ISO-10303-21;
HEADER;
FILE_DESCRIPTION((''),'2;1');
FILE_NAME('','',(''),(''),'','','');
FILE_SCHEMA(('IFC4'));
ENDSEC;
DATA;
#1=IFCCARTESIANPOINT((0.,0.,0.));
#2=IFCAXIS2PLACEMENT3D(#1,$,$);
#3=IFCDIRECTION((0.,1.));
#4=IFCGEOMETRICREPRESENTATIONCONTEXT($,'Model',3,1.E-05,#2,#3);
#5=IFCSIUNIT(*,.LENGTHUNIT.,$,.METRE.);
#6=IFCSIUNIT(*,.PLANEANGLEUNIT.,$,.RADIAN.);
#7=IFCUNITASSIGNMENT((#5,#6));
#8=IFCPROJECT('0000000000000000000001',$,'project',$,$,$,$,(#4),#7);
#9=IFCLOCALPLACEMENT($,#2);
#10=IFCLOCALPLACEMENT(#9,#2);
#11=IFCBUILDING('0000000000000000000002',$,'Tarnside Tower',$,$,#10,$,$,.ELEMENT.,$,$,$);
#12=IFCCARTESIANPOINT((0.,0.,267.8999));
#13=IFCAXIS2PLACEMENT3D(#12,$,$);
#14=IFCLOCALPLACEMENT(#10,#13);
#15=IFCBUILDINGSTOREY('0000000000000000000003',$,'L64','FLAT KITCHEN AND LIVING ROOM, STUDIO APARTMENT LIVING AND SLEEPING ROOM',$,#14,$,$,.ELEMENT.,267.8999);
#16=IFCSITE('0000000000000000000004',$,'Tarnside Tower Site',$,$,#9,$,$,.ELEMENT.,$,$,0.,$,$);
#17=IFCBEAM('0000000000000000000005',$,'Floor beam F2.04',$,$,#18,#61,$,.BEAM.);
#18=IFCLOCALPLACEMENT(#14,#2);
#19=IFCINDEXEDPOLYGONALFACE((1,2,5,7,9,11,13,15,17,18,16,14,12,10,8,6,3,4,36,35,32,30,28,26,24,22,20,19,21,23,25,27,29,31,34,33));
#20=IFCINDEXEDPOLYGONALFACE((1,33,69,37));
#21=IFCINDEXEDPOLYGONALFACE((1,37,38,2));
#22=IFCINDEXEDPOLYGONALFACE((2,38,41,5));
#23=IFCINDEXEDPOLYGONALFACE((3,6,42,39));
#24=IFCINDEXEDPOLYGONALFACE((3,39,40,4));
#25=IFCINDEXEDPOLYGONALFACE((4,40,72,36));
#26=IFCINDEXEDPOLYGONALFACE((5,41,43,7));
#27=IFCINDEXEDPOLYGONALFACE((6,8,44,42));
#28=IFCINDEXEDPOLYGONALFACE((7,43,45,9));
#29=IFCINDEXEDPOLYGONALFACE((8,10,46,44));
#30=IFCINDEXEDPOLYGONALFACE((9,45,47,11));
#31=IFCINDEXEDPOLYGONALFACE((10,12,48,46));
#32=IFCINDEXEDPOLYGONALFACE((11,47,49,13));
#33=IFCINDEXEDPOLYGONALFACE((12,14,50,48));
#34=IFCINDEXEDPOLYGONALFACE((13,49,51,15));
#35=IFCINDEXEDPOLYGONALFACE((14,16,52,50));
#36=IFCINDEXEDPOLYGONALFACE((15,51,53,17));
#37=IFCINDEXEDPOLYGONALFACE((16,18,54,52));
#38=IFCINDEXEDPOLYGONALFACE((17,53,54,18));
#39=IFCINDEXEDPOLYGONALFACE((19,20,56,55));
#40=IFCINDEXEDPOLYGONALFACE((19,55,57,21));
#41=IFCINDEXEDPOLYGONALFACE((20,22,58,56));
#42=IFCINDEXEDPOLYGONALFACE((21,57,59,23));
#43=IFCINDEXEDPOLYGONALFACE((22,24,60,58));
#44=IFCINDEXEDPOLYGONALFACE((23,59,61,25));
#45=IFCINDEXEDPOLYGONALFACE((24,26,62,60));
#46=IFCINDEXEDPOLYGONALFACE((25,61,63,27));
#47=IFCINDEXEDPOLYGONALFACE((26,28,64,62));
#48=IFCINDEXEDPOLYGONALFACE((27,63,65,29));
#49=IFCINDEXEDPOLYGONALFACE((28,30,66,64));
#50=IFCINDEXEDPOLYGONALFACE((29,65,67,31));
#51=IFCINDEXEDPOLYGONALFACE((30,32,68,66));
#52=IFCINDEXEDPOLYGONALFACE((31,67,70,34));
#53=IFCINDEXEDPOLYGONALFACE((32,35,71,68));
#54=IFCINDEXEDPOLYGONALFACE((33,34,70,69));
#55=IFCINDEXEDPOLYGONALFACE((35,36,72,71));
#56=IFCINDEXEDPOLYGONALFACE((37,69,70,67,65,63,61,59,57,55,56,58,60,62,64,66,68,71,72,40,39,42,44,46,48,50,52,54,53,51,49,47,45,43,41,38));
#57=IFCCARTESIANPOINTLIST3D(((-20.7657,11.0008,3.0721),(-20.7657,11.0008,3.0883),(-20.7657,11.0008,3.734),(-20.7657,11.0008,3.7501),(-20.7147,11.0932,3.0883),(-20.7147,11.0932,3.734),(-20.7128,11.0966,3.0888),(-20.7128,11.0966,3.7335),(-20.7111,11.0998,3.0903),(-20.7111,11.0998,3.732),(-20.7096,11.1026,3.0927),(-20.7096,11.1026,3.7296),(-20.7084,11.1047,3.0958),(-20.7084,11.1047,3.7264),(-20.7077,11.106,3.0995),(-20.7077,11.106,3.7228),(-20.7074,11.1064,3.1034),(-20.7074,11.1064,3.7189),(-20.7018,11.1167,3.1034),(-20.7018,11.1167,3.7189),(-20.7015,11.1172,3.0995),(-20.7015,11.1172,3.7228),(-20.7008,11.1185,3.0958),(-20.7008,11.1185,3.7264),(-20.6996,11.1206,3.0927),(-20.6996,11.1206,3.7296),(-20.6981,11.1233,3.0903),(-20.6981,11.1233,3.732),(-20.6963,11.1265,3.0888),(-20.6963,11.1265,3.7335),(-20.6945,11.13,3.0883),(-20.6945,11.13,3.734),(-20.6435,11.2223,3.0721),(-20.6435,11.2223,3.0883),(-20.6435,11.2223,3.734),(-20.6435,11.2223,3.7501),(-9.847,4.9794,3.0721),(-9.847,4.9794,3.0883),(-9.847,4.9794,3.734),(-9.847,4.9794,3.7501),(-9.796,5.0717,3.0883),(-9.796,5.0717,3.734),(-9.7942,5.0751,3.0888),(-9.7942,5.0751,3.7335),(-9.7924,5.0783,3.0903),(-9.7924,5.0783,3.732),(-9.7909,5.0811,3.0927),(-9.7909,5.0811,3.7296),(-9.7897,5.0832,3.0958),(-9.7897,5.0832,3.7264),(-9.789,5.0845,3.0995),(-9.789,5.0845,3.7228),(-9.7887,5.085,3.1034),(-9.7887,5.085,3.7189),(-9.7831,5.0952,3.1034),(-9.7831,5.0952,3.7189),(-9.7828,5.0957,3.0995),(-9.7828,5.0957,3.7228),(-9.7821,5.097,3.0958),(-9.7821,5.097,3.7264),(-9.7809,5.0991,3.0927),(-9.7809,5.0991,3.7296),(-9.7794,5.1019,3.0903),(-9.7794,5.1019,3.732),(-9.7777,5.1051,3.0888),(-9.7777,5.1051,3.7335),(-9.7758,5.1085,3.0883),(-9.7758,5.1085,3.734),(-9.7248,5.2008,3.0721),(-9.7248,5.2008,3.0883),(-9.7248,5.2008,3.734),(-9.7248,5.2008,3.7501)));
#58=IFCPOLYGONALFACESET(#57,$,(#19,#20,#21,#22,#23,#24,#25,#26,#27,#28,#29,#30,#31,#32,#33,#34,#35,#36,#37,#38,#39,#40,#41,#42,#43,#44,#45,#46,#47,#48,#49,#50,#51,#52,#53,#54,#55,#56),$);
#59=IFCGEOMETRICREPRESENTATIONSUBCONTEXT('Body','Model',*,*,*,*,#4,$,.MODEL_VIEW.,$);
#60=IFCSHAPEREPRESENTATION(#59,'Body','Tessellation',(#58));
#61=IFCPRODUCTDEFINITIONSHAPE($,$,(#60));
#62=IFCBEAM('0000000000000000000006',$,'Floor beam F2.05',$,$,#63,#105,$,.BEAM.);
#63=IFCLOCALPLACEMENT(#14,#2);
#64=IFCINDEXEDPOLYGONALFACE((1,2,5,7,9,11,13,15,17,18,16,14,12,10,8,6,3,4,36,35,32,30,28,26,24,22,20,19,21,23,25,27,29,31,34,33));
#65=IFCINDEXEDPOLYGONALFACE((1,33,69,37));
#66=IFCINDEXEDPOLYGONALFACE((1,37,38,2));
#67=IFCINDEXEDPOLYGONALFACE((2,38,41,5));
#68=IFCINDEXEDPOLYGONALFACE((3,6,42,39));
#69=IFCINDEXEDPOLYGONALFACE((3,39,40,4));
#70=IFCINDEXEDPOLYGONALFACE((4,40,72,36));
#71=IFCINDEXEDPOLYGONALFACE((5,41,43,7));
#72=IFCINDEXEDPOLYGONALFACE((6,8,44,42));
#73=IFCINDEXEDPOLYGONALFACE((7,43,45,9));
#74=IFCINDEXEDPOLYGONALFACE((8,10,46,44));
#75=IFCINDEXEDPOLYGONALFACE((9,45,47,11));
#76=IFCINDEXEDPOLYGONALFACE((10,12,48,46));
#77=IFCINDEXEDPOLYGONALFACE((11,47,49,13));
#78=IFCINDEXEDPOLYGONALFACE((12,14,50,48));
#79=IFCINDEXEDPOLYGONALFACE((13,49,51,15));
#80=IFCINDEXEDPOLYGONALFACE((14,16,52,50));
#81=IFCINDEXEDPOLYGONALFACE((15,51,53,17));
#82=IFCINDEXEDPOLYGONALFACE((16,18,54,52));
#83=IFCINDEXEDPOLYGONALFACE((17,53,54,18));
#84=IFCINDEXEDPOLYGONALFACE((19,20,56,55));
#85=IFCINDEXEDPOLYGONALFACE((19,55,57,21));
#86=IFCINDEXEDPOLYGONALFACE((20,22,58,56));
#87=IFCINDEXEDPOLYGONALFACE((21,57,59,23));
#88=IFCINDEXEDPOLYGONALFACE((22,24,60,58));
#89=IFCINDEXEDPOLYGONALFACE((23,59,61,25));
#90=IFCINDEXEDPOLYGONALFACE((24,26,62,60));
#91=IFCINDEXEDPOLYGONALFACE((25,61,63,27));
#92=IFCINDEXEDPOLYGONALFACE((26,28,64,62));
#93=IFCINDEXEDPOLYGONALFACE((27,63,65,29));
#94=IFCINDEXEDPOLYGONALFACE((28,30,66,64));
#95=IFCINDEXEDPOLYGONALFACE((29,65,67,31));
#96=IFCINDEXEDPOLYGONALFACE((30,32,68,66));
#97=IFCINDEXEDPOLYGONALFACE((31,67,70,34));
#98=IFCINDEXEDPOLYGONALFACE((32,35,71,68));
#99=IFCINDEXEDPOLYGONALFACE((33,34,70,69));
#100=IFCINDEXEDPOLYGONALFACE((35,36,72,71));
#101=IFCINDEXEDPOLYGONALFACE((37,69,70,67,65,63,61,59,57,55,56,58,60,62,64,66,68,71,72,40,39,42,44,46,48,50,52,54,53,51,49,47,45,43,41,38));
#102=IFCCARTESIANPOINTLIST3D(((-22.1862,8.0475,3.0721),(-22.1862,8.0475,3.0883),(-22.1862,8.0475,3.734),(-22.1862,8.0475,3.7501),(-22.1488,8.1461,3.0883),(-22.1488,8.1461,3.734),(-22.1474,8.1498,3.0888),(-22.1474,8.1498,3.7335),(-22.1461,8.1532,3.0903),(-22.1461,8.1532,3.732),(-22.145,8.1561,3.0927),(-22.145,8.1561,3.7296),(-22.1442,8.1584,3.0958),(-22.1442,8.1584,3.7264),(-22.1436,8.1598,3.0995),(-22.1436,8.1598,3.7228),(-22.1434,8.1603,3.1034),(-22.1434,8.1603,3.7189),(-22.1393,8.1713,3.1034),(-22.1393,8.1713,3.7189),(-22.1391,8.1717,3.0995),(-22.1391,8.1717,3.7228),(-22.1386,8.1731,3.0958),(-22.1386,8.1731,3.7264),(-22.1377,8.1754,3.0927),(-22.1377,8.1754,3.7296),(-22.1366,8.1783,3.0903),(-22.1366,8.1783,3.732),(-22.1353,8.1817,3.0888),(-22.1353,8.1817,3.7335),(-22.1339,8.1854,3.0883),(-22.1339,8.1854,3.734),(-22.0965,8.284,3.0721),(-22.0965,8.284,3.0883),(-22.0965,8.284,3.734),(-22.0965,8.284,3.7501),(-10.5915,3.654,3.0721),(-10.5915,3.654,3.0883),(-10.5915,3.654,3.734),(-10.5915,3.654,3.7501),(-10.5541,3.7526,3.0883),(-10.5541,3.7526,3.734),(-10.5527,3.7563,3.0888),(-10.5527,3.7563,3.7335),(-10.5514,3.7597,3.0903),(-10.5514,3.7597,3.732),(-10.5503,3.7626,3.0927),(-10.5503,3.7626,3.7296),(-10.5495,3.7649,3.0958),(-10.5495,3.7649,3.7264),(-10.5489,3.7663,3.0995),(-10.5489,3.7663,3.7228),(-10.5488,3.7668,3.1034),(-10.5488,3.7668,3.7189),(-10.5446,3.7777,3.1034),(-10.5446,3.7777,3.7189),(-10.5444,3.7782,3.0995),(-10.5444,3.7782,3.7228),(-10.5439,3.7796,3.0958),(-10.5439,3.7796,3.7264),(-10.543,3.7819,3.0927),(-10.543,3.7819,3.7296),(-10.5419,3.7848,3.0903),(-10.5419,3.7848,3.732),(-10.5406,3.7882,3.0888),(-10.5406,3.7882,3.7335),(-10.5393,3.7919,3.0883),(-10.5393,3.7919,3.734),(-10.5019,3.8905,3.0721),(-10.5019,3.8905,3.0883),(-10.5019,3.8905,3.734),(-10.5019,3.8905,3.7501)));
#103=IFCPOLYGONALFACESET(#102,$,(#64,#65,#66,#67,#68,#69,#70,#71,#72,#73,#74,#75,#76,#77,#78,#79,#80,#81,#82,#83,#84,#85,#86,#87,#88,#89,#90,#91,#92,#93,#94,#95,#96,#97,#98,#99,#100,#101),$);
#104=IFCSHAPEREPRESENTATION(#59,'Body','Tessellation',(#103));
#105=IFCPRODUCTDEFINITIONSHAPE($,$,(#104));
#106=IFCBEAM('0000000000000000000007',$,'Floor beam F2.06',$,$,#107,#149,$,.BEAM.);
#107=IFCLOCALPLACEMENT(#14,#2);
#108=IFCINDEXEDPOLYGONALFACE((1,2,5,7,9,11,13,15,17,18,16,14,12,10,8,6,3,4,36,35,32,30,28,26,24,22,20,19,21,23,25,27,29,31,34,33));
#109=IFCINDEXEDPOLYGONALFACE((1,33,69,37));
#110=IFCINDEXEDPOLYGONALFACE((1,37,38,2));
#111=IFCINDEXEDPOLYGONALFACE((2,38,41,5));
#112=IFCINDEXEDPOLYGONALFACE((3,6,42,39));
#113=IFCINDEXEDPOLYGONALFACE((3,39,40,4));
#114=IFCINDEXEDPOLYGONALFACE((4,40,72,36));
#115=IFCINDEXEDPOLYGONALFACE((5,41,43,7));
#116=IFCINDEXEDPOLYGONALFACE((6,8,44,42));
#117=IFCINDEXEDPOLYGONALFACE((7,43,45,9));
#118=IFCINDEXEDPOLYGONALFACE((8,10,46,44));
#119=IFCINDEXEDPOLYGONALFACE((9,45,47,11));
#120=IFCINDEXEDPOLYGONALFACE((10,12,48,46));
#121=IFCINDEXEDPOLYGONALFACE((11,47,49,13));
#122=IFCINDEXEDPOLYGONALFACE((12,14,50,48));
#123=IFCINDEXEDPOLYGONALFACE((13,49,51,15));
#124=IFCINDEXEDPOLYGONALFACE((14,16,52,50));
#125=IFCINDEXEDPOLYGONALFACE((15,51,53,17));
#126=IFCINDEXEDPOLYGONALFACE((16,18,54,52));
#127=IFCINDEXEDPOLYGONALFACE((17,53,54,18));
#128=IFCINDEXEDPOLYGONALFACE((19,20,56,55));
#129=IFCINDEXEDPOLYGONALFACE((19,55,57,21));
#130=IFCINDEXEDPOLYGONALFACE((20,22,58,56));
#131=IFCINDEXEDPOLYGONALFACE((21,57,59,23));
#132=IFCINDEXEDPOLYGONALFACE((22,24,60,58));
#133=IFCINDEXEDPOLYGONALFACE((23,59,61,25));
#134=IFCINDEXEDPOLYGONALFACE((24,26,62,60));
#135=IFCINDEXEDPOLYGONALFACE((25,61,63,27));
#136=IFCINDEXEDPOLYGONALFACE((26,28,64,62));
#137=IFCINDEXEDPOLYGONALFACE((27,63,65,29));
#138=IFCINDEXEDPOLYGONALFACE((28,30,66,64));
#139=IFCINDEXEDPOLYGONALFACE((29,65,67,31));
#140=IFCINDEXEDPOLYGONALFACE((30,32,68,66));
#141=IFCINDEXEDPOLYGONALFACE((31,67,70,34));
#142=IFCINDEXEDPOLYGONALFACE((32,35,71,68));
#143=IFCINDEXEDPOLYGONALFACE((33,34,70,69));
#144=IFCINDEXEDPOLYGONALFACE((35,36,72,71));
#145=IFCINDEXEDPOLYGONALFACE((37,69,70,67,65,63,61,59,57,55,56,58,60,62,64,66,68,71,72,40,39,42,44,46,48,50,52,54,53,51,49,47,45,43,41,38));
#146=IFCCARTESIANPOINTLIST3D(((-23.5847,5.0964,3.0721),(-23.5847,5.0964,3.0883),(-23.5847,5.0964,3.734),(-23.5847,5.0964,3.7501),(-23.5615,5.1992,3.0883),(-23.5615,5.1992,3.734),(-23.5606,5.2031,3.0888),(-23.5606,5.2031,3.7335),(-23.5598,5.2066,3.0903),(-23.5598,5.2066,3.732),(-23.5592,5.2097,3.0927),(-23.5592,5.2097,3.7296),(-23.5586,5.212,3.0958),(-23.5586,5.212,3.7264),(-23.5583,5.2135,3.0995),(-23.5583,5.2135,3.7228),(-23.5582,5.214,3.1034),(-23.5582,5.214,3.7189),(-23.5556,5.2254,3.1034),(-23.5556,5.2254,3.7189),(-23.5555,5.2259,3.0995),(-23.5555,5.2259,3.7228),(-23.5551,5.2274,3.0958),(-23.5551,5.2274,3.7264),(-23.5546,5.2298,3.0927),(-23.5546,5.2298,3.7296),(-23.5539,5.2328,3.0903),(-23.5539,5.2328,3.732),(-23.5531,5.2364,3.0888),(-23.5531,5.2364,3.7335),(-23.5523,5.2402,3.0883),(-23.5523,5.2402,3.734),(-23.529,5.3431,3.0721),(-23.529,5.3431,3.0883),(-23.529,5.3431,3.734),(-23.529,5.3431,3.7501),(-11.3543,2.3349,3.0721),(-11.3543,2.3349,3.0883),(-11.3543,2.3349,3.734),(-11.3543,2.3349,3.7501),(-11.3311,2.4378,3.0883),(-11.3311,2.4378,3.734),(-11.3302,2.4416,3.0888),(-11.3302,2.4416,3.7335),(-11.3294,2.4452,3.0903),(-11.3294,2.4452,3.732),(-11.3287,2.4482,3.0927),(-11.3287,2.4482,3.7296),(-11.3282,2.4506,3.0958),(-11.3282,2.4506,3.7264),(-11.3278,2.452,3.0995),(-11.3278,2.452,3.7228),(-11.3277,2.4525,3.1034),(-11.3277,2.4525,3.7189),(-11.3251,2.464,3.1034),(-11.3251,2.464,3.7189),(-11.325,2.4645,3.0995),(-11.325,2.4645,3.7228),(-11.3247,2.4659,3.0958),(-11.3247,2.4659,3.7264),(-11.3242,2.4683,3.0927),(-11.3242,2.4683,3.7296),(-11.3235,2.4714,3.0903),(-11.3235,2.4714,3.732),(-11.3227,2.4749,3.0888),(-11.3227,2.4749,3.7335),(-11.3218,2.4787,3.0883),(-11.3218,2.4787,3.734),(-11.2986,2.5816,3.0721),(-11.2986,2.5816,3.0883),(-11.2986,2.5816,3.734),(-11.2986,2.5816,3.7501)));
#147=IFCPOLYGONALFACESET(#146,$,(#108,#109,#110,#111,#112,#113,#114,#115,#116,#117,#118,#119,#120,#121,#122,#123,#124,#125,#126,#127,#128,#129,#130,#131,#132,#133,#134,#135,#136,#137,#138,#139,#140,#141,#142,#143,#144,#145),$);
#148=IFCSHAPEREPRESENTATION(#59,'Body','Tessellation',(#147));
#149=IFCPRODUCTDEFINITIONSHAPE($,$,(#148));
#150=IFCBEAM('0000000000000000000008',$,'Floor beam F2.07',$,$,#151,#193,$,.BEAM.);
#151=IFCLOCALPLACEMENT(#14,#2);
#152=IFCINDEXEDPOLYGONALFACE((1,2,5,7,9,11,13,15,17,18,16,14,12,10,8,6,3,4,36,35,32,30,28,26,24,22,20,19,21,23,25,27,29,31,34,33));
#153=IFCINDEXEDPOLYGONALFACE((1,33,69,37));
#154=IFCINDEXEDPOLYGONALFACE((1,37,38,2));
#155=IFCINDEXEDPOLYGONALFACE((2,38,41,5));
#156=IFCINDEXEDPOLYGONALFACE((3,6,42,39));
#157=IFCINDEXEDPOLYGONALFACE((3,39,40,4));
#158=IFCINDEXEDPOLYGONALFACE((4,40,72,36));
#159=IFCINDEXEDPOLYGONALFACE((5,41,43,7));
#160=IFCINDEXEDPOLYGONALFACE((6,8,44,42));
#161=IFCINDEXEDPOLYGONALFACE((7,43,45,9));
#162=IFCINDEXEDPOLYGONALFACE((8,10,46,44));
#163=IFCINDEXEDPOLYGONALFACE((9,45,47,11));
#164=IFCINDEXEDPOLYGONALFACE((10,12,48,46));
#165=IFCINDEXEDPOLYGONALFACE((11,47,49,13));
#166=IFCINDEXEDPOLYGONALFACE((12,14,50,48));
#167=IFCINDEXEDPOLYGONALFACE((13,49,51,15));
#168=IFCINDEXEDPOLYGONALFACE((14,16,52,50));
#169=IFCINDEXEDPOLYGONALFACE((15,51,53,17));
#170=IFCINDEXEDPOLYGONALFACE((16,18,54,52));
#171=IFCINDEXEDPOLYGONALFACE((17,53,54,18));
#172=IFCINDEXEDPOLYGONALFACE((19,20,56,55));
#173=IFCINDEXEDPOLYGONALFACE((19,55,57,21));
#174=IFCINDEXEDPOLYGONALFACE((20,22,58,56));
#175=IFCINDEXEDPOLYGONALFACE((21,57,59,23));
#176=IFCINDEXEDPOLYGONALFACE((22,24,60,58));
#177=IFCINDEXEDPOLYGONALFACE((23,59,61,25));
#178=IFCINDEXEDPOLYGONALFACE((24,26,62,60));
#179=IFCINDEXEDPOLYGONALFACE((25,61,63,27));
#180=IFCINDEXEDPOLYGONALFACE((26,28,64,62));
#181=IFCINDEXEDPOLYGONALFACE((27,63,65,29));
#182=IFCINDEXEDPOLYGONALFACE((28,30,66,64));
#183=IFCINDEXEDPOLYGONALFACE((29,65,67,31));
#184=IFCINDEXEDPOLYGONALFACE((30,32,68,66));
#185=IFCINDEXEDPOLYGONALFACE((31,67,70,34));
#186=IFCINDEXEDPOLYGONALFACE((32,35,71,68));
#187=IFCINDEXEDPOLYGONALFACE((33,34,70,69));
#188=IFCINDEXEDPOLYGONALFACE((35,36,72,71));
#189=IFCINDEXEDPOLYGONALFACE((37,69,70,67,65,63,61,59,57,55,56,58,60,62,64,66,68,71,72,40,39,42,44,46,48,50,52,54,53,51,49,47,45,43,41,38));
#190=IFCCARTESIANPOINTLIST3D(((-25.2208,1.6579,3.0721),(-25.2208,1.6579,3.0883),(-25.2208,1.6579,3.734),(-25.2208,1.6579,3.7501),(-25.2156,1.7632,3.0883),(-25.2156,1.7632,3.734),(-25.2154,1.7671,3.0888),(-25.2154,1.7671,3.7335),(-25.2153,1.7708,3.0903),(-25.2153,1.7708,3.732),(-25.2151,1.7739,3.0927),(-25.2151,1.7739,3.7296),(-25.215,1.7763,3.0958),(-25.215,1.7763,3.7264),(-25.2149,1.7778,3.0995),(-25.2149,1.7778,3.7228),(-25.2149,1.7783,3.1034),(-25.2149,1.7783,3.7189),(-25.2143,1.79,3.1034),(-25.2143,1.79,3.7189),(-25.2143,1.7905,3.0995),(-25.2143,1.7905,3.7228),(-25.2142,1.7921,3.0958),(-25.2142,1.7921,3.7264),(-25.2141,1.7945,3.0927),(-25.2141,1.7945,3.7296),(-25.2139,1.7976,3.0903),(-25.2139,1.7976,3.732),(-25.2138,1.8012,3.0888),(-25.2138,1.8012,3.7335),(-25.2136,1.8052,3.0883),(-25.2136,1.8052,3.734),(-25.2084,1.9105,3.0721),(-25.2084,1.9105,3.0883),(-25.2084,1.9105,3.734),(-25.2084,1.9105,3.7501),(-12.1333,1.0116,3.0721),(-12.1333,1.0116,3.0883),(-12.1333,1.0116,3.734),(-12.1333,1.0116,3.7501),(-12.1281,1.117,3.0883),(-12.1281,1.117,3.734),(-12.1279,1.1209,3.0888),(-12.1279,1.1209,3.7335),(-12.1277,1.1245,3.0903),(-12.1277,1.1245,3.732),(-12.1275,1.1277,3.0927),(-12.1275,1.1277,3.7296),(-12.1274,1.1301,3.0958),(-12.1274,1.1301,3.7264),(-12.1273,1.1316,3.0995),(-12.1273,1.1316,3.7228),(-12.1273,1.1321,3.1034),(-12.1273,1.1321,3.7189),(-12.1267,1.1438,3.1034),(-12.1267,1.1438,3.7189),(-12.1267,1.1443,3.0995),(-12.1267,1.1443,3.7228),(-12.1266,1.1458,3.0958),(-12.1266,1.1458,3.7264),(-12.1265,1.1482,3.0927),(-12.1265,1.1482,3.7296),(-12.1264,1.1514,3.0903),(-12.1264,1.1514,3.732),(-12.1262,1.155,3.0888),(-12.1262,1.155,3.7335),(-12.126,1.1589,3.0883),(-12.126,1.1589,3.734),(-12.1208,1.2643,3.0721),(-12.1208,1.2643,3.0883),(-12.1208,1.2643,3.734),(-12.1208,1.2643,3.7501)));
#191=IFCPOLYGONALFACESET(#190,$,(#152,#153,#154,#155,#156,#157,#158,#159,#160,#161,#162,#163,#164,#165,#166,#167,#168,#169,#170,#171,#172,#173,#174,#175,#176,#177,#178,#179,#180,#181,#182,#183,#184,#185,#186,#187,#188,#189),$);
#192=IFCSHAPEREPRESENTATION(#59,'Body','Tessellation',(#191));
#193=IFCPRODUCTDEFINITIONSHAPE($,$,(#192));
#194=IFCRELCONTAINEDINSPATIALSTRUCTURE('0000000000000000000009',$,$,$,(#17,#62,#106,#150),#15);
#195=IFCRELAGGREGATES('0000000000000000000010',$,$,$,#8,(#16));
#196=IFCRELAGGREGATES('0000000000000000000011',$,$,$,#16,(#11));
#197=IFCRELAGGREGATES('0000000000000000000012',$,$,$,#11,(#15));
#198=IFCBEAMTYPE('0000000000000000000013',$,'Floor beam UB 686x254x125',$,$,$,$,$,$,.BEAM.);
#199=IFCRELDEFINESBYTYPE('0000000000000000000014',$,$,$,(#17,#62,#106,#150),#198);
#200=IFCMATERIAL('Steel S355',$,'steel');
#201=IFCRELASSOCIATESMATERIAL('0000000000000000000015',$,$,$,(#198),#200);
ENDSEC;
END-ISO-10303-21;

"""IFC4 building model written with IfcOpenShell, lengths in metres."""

from ifc_helpers import new_model, si_unit, direction, frame, origin, origin_2d, place, context, subcontext, project, spatial, i_section, extrude, material, material_profile, profile_set, type_object, element, save


model = new_model("IFC4")

# Units and contexts
model_context = context("Model", 3, precision=1e-05, world=origin(), true_north=direction((0.0, 1.0)))
body_context = subcontext(model_context, "Body", "Model", "MODEL_VIEW")
ifc_project = project(units=[si_unit("LENGTHUNIT", "METRE"), si_unit("PLANEANGLEUNIT", "RADIAN")], contexts=[model_context])

# Site, building, storey
site_placement = place(None, origin())
site = spatial("IfcSite", under=ifc_project, at=site_placement, Name="Tarnside Tower Site", CompositionType="ELEMENT", RefElevation=0.0)
building_placement = place(site_placement, origin())
building = spatial("IfcBuilding", under=site, at=building_placement, Name="Tarnside Tower", CompositionType="ELEMENT")
storey_placement = place(building_placement, frame((0.0, 0.0, 267.8999)))
storey = spatial("IfcBuildingStorey", under=building, at=storey_placement, Name="L64", Description="FLAT KITCHEN AND LIVING ROOM, STUDIO APARTMENT LIVING AND SLEEPING ROOM", CompositionType="ELEMENT", Elevation=267.8999)

# Beams
ifc_material_1 = material(Name="Steel S355", Category="steel")
ifc_material_profile = material_profile(ifc_material_1, i_section(OverallWidth=0.2529, OverallDepth=0.678, WebThickness=0.0117, FlangeThickness=0.0161, FilletRadius=0.0151, at=origin_2d()), Name="UB 686x254x125")
ifc_profile_set = profile_set([ifc_material_profile], Name="Steel S355")
beam_type = type_object("IfcBeamType", Name="Floor beam UB 686x254x125", PredefinedType="BEAM", material=ifc_profile_set)
beam_1_placement = place(storey_placement, frame((-20.7046, 11.1116, 3.4111), z_axis=(0.875667, -0.482916, 0.0), x_axis=(0.482916, 0.875667, 0.0)))
element("IfcBeam", 1, at=beam_1_placement, inside=storey, type_object=beam_type, Name="Floor beam F2.04", PredefinedType="BEAM", context=body_context, shape_type="SweptSolid", body=[
    extrude(i_section(OverallWidth=0.2529, OverallDepth=0.678, WebThickness=0.0117, FlangeThickness=0.0161, FilletRadius=0.0151, at=origin_2d()), origin(), (0.0, 0.0, 1.0), 12.469),
])
beam_2_placement = place(storey_placement, frame((-22.1414, 8.1658, 3.4111), z_axis=(0.935116, -0.354341, 0.0), x_axis=(0.354341, 0.935116, 0.0)))
element("IfcBeam", 2, at=beam_2_placement, inside=storey, type_object=beam_type, Name="Floor beam F2.05", PredefinedType="BEAM", context=body_context, shape_type="SweptSolid", body=[
    extrude(i_section(OverallWidth=0.2529, OverallDepth=0.678, WebThickness=0.0117, FlangeThickness=0.0161, FilletRadius=0.0151, at=origin_2d()), origin(), (0.0, 0.0, 1.0), 12.3992),
])
beam_3_placement = place(storey_placement, frame((-23.5569, 5.2197, 3.4111), z_axis=(0.975445, -0.220242, 0.0), x_axis=(0.220242, 0.975445, 0.0)))
element("IfcBeam", 3, at=beam_3_placement, inside=storey, type_object=beam_type, Name="Floor beam F2.06", PredefinedType="BEAM", context=body_context, shape_type="SweptSolid", body=[
    extrude(i_section(OverallWidth=0.2529, OverallDepth=0.678, WebThickness=0.0117, FlangeThickness=0.0161, FilletRadius=0.0151, at=origin_2d()), origin(), (0.0, 0.0, 1.0), 12.5383),
])
beam_4_placement = place(storey_placement, frame((-25.2146, 1.7842, 3.4111), z_axis=(0.998783, -0.049318, 0.0), x_axis=(0.049318, 0.998783, 0.0)))
element("IfcBeam", 4, at=beam_4_placement, inside=storey, type_object=beam_type, Name="Floor beam F2.07", PredefinedType="BEAM", context=body_context, shape_type="SweptSolid", body=[
    extrude(i_section(OverallWidth=0.2529, OverallDepth=0.678, WebThickness=0.0117, FlangeThickness=0.0161, FilletRadius=0.0151, at=origin_2d()), origin(), (0.0, 0.0, 1.0), 13.1035),
])

save(model, "model.ifc")
